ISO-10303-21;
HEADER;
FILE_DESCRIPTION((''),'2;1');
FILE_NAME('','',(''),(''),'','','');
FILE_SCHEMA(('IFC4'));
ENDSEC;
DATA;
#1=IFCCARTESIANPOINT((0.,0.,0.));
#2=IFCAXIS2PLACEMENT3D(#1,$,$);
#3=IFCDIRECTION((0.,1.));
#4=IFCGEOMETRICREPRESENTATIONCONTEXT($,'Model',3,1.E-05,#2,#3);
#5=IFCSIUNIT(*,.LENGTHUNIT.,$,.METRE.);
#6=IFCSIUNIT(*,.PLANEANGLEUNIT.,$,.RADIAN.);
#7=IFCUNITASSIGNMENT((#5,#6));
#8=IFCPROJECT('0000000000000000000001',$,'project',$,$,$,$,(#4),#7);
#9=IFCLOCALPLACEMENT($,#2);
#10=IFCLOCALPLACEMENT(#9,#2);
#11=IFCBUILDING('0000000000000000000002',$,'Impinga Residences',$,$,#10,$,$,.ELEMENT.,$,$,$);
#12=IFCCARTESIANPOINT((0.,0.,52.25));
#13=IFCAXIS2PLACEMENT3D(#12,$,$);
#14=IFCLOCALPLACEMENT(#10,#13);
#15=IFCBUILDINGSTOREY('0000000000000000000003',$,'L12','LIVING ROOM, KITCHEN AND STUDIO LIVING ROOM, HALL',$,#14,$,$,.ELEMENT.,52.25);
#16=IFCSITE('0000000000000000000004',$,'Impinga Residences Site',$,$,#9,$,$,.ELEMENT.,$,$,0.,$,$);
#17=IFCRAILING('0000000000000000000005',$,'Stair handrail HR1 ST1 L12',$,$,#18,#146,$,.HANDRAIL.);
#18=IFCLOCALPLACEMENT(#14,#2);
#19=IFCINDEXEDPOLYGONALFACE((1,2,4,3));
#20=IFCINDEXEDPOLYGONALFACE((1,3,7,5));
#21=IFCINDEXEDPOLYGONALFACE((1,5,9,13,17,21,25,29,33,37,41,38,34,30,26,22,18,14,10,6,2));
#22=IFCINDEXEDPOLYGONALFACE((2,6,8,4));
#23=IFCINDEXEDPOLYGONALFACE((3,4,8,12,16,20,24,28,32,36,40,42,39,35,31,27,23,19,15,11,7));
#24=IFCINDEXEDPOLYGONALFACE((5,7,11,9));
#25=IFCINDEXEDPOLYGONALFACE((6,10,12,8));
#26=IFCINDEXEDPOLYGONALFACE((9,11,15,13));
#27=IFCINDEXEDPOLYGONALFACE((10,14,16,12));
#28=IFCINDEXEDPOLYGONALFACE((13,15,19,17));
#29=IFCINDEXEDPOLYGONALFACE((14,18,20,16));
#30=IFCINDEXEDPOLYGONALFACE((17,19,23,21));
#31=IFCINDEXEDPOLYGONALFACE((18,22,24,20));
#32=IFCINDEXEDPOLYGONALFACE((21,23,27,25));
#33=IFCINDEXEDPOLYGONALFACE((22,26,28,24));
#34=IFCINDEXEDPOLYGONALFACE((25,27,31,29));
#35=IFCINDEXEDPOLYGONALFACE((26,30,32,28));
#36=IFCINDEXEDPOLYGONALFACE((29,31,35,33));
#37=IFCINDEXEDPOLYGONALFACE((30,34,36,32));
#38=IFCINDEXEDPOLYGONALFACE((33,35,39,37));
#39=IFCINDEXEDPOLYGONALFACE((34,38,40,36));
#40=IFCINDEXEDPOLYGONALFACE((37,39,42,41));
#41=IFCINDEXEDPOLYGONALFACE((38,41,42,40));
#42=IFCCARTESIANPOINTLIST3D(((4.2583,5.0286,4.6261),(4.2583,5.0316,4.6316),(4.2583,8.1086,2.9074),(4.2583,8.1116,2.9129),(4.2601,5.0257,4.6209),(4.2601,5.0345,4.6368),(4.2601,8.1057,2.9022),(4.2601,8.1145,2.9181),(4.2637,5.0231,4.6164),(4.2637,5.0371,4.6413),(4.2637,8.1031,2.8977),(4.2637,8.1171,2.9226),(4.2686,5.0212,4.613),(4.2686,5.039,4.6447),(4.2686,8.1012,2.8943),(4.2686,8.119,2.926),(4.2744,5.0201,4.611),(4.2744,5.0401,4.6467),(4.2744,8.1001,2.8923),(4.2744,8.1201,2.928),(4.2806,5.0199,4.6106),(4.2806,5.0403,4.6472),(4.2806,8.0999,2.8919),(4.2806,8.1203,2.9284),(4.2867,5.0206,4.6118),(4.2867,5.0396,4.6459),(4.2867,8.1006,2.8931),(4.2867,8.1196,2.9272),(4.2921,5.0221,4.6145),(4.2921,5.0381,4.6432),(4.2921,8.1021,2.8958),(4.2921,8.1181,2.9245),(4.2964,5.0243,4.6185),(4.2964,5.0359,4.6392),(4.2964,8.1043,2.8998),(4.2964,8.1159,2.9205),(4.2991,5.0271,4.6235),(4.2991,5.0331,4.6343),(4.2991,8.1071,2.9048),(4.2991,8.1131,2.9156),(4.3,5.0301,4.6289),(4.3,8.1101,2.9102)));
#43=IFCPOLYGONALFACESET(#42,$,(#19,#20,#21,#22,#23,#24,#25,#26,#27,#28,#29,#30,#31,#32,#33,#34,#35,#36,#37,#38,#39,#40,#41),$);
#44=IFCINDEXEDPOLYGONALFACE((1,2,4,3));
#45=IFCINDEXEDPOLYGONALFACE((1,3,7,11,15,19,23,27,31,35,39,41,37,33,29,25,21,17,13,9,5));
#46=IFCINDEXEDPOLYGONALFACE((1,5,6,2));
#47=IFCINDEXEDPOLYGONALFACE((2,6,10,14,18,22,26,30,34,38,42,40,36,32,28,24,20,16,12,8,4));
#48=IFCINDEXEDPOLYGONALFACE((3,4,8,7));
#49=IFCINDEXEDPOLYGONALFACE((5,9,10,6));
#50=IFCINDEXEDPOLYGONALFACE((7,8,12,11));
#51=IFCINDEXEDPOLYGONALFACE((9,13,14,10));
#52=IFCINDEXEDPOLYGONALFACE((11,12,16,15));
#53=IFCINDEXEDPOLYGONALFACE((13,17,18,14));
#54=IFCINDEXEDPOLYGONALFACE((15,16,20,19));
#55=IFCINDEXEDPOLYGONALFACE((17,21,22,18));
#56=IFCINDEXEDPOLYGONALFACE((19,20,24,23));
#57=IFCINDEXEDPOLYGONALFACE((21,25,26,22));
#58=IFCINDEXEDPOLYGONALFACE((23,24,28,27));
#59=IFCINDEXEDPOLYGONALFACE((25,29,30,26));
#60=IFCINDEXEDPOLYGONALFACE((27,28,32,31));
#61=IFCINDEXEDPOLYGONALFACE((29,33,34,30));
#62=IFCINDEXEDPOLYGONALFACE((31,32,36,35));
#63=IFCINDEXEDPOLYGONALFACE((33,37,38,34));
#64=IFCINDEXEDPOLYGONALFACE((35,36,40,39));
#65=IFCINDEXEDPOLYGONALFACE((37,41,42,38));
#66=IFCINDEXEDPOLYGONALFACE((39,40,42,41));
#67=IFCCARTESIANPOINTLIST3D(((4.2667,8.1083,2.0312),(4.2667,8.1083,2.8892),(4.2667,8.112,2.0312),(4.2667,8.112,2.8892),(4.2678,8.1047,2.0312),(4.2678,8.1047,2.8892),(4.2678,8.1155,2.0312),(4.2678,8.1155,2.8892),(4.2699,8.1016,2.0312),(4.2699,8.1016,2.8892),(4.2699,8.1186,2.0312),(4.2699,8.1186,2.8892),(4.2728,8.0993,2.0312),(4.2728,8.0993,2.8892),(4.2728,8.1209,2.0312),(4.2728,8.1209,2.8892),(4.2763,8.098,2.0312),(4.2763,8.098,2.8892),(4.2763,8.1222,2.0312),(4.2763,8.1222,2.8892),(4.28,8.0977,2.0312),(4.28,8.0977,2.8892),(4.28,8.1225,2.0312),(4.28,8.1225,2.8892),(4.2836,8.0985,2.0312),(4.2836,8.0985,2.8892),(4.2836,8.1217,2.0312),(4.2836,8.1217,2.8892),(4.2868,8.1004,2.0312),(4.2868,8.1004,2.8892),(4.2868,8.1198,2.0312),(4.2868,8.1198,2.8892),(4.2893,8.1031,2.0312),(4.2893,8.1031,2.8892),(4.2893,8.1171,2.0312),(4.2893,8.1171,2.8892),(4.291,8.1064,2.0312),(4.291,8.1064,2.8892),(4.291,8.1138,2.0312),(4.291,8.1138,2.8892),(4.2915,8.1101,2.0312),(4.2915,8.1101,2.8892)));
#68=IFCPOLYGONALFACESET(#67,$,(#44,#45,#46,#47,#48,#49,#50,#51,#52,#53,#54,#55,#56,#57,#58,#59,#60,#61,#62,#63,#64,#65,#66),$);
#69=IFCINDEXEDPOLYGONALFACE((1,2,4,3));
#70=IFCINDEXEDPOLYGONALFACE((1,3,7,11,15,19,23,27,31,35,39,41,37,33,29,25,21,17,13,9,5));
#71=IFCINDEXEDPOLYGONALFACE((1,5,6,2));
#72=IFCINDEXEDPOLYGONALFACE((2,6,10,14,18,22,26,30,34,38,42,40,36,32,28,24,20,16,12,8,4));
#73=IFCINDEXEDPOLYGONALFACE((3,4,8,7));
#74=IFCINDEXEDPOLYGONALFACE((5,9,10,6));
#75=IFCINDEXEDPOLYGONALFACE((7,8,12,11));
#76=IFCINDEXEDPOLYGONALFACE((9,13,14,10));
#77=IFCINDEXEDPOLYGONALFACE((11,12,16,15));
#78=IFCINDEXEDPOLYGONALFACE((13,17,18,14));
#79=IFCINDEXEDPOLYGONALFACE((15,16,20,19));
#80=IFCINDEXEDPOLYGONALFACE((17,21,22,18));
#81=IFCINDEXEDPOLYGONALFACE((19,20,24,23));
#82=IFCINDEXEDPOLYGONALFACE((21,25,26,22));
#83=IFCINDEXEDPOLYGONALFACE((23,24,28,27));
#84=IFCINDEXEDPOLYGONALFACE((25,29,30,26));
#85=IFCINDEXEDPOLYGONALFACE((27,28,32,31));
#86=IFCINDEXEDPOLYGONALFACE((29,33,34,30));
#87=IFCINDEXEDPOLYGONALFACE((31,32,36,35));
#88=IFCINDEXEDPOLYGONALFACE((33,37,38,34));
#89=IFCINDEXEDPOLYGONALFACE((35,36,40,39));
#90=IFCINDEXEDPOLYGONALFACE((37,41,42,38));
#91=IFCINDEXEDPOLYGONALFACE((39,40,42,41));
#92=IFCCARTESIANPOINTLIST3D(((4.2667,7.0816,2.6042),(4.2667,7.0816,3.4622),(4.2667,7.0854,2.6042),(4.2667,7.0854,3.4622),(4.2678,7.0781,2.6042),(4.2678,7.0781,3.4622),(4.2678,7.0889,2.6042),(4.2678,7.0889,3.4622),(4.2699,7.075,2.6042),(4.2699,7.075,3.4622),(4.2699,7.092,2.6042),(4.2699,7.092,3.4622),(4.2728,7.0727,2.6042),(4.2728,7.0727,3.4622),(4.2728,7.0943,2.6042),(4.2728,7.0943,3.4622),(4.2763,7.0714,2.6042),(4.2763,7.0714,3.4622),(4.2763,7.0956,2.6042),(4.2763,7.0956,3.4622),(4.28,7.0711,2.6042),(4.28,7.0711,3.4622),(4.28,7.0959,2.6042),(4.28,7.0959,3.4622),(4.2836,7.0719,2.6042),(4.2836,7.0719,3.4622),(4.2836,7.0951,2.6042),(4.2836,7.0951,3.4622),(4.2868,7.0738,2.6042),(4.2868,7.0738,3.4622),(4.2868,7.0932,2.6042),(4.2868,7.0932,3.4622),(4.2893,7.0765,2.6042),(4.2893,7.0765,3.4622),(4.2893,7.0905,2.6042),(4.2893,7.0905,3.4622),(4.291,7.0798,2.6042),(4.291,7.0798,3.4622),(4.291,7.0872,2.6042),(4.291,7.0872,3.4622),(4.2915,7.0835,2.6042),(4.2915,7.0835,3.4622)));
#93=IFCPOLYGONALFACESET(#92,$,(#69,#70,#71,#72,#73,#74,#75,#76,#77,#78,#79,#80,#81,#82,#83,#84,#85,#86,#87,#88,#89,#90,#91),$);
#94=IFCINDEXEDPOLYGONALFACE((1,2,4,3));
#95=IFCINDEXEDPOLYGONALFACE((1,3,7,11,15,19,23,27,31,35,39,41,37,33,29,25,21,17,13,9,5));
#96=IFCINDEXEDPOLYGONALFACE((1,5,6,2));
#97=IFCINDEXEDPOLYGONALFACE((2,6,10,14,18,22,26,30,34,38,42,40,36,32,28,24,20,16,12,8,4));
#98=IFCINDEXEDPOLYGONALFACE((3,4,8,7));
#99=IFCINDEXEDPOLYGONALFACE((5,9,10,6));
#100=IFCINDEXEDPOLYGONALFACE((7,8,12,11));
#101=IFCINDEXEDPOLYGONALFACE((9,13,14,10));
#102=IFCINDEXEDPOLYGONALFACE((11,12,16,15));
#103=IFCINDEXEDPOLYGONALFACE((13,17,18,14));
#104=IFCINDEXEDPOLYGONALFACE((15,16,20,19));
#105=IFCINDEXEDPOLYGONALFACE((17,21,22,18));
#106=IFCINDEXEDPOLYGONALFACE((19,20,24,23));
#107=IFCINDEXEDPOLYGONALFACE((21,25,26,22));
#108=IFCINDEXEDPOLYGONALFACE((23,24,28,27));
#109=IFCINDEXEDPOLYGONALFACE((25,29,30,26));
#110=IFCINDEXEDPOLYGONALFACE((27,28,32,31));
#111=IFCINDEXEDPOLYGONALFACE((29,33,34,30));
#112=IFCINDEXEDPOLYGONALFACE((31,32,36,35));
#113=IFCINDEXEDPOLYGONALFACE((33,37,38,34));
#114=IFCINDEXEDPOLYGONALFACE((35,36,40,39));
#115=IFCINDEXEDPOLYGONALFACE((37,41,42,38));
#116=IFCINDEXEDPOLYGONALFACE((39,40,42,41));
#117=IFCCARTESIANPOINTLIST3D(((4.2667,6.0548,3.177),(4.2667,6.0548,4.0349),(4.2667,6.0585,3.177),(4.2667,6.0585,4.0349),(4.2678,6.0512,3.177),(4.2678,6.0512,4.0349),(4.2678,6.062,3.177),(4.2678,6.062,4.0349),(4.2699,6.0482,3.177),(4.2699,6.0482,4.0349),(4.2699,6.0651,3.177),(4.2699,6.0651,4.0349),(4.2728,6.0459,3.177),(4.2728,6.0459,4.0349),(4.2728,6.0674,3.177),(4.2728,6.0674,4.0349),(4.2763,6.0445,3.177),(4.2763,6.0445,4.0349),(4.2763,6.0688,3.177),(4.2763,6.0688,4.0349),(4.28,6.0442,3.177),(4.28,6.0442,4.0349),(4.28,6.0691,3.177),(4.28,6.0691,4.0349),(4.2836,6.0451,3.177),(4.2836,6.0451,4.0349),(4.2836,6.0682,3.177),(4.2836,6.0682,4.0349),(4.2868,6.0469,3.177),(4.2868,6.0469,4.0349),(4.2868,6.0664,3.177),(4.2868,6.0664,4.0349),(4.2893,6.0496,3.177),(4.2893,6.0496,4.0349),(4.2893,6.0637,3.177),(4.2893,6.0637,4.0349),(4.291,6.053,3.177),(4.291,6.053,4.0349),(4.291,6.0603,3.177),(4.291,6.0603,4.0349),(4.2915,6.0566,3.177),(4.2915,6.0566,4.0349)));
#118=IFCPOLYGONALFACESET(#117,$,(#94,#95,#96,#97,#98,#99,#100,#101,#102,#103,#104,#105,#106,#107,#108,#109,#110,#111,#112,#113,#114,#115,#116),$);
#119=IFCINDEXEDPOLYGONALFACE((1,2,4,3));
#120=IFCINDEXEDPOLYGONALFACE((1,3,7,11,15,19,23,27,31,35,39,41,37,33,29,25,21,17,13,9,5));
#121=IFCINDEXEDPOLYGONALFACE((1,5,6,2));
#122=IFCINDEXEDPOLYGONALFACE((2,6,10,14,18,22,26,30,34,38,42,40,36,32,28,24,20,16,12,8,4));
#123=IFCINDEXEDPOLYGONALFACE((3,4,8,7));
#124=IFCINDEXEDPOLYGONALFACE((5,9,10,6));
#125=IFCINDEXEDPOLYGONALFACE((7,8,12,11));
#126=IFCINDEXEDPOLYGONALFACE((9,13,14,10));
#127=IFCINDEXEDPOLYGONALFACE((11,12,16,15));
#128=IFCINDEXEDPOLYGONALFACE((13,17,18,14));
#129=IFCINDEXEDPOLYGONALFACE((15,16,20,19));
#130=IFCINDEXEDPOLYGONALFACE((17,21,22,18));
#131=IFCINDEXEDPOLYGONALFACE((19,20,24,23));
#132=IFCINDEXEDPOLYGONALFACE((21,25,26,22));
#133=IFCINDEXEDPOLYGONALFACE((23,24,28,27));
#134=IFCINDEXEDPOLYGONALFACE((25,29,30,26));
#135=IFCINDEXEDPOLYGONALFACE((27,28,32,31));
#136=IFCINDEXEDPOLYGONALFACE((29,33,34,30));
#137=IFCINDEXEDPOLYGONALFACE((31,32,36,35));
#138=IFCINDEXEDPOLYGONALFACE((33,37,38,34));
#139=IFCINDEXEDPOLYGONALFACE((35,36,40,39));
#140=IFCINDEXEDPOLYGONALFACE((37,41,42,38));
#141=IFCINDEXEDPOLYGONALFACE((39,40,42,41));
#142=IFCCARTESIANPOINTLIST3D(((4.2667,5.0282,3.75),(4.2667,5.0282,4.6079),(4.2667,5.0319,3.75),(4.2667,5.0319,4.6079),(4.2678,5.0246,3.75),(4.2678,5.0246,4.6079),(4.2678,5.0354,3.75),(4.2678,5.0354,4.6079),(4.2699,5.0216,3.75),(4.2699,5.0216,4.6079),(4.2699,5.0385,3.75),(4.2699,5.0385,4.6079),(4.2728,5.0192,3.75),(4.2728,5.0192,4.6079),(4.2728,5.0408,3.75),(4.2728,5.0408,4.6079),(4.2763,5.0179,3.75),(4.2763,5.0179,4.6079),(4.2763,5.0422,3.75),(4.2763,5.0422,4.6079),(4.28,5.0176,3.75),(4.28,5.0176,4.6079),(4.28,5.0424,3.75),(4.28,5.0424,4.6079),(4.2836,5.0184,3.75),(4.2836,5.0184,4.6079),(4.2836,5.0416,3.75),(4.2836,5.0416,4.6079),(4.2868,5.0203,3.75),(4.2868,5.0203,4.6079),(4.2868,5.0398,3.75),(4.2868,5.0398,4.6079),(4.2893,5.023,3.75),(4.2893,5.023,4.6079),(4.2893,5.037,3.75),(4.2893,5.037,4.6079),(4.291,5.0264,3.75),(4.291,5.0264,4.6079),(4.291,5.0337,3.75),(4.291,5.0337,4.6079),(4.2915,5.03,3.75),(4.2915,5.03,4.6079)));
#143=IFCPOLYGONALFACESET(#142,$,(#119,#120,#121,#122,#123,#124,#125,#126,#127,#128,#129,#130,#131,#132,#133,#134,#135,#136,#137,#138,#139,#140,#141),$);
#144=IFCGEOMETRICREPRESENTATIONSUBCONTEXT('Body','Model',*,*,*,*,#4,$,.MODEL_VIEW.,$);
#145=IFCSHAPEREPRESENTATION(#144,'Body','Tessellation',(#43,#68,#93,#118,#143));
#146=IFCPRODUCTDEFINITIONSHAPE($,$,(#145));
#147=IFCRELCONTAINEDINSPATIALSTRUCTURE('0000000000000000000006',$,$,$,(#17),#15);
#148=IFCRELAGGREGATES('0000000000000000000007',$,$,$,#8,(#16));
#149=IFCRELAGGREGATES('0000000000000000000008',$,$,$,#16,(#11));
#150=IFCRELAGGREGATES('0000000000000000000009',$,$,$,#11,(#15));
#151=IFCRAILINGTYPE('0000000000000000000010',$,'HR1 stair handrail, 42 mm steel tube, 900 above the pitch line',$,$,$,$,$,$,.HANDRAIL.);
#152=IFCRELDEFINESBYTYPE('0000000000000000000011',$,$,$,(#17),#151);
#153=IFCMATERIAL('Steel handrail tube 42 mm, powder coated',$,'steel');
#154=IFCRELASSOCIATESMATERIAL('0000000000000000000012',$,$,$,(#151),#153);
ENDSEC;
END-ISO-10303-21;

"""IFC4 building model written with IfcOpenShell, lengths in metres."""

from ifc_helpers import new_model, si_unit, direction, frame, origin, origin_2d, place, context, subcontext, project, spatial, circle, extrude, material, type_object, element, save


model = new_model("IFC4")

# Units and contexts
model_context = context("Model", 3, precision=1e-05, world=origin(), true_north=direction((0.0, 1.0)))
body_context = subcontext(model_context, "Body", "Model", "MODEL_VIEW")
ifc_project = project(units=[si_unit("LENGTHUNIT", "METRE"), si_unit("PLANEANGLEUNIT", "RADIAN")], contexts=[model_context])

# Site, building, storey
site_placement = place(None, origin())
site = spatial("IfcSite", under=ifc_project, at=site_placement, Name="Impinga Residences Site", CompositionType="ELEMENT", RefElevation=0.0)
building_placement = place(site_placement, origin())
building = spatial("IfcBuilding", under=site, at=building_placement, Name="Impinga Residences", CompositionType="ELEMENT")
storey_placement = place(building_placement, frame((0.0, 0.0, 52.25)))
storey = spatial("IfcBuildingStorey", under=building, at=storey_placement, Name="L12", Description="LIVING ROOM, KITCHEN AND STUDIO LIVING ROOM, HALL", CompositionType="ELEMENT", Elevation=52.25)

# Railing
ifc_material_1 = material(Name="Steel handrail tube 42 mm, powder coated", Category="steel")
railing_type_1 = type_object("IfcRailingType", Name="HR1 stair handrail, 42 mm steel tube, 900 above the pitch line", PredefinedType="HANDRAIL", material=ifc_material_1)
railing_1_placement = place(storey_placement, frame((4.2791, 8.1101, 2.0312)))
element("IfcRailing", 1, at=railing_1_placement, inside=storey, type_object=railing_type_1, Name="Stair handrail HR1 ST1 L12", PredefinedType="HANDRAIL", context=body_context, shape_type="SweptSolid", body=[
    extrude(circle(Radius=0.021, at=origin_2d()), frame((0.0, 0.0, 0.8789), z_axis=(0.0, -0.873242, 0.487288), x_axis=(1.0, 0.0, 0.0)), (0.0, 0.0, 1.0), 3.5271),
    extrude(circle(Radius=0.0125, at=origin_2d()), origin(), (0.0, 0.0, 1.0), 0.8579),
    extrude(circle(Radius=0.0125, at=origin_2d()), frame((0.0, -1.0266, 0.573)), (0.0, 0.0, 1.0), 0.8579),
    extrude(circle(Radius=0.0125, at=origin_2d()), frame((0.0, -2.0535, 1.1458)), (0.0, 0.0, 1.0), 0.8579),
    extrude(circle(Radius=0.0125, at=origin_2d()), frame((0.0, -3.0801, 1.7188)), (0.0, 0.0, 1.0), 0.8579),
])

save(model, "model.ifc")
